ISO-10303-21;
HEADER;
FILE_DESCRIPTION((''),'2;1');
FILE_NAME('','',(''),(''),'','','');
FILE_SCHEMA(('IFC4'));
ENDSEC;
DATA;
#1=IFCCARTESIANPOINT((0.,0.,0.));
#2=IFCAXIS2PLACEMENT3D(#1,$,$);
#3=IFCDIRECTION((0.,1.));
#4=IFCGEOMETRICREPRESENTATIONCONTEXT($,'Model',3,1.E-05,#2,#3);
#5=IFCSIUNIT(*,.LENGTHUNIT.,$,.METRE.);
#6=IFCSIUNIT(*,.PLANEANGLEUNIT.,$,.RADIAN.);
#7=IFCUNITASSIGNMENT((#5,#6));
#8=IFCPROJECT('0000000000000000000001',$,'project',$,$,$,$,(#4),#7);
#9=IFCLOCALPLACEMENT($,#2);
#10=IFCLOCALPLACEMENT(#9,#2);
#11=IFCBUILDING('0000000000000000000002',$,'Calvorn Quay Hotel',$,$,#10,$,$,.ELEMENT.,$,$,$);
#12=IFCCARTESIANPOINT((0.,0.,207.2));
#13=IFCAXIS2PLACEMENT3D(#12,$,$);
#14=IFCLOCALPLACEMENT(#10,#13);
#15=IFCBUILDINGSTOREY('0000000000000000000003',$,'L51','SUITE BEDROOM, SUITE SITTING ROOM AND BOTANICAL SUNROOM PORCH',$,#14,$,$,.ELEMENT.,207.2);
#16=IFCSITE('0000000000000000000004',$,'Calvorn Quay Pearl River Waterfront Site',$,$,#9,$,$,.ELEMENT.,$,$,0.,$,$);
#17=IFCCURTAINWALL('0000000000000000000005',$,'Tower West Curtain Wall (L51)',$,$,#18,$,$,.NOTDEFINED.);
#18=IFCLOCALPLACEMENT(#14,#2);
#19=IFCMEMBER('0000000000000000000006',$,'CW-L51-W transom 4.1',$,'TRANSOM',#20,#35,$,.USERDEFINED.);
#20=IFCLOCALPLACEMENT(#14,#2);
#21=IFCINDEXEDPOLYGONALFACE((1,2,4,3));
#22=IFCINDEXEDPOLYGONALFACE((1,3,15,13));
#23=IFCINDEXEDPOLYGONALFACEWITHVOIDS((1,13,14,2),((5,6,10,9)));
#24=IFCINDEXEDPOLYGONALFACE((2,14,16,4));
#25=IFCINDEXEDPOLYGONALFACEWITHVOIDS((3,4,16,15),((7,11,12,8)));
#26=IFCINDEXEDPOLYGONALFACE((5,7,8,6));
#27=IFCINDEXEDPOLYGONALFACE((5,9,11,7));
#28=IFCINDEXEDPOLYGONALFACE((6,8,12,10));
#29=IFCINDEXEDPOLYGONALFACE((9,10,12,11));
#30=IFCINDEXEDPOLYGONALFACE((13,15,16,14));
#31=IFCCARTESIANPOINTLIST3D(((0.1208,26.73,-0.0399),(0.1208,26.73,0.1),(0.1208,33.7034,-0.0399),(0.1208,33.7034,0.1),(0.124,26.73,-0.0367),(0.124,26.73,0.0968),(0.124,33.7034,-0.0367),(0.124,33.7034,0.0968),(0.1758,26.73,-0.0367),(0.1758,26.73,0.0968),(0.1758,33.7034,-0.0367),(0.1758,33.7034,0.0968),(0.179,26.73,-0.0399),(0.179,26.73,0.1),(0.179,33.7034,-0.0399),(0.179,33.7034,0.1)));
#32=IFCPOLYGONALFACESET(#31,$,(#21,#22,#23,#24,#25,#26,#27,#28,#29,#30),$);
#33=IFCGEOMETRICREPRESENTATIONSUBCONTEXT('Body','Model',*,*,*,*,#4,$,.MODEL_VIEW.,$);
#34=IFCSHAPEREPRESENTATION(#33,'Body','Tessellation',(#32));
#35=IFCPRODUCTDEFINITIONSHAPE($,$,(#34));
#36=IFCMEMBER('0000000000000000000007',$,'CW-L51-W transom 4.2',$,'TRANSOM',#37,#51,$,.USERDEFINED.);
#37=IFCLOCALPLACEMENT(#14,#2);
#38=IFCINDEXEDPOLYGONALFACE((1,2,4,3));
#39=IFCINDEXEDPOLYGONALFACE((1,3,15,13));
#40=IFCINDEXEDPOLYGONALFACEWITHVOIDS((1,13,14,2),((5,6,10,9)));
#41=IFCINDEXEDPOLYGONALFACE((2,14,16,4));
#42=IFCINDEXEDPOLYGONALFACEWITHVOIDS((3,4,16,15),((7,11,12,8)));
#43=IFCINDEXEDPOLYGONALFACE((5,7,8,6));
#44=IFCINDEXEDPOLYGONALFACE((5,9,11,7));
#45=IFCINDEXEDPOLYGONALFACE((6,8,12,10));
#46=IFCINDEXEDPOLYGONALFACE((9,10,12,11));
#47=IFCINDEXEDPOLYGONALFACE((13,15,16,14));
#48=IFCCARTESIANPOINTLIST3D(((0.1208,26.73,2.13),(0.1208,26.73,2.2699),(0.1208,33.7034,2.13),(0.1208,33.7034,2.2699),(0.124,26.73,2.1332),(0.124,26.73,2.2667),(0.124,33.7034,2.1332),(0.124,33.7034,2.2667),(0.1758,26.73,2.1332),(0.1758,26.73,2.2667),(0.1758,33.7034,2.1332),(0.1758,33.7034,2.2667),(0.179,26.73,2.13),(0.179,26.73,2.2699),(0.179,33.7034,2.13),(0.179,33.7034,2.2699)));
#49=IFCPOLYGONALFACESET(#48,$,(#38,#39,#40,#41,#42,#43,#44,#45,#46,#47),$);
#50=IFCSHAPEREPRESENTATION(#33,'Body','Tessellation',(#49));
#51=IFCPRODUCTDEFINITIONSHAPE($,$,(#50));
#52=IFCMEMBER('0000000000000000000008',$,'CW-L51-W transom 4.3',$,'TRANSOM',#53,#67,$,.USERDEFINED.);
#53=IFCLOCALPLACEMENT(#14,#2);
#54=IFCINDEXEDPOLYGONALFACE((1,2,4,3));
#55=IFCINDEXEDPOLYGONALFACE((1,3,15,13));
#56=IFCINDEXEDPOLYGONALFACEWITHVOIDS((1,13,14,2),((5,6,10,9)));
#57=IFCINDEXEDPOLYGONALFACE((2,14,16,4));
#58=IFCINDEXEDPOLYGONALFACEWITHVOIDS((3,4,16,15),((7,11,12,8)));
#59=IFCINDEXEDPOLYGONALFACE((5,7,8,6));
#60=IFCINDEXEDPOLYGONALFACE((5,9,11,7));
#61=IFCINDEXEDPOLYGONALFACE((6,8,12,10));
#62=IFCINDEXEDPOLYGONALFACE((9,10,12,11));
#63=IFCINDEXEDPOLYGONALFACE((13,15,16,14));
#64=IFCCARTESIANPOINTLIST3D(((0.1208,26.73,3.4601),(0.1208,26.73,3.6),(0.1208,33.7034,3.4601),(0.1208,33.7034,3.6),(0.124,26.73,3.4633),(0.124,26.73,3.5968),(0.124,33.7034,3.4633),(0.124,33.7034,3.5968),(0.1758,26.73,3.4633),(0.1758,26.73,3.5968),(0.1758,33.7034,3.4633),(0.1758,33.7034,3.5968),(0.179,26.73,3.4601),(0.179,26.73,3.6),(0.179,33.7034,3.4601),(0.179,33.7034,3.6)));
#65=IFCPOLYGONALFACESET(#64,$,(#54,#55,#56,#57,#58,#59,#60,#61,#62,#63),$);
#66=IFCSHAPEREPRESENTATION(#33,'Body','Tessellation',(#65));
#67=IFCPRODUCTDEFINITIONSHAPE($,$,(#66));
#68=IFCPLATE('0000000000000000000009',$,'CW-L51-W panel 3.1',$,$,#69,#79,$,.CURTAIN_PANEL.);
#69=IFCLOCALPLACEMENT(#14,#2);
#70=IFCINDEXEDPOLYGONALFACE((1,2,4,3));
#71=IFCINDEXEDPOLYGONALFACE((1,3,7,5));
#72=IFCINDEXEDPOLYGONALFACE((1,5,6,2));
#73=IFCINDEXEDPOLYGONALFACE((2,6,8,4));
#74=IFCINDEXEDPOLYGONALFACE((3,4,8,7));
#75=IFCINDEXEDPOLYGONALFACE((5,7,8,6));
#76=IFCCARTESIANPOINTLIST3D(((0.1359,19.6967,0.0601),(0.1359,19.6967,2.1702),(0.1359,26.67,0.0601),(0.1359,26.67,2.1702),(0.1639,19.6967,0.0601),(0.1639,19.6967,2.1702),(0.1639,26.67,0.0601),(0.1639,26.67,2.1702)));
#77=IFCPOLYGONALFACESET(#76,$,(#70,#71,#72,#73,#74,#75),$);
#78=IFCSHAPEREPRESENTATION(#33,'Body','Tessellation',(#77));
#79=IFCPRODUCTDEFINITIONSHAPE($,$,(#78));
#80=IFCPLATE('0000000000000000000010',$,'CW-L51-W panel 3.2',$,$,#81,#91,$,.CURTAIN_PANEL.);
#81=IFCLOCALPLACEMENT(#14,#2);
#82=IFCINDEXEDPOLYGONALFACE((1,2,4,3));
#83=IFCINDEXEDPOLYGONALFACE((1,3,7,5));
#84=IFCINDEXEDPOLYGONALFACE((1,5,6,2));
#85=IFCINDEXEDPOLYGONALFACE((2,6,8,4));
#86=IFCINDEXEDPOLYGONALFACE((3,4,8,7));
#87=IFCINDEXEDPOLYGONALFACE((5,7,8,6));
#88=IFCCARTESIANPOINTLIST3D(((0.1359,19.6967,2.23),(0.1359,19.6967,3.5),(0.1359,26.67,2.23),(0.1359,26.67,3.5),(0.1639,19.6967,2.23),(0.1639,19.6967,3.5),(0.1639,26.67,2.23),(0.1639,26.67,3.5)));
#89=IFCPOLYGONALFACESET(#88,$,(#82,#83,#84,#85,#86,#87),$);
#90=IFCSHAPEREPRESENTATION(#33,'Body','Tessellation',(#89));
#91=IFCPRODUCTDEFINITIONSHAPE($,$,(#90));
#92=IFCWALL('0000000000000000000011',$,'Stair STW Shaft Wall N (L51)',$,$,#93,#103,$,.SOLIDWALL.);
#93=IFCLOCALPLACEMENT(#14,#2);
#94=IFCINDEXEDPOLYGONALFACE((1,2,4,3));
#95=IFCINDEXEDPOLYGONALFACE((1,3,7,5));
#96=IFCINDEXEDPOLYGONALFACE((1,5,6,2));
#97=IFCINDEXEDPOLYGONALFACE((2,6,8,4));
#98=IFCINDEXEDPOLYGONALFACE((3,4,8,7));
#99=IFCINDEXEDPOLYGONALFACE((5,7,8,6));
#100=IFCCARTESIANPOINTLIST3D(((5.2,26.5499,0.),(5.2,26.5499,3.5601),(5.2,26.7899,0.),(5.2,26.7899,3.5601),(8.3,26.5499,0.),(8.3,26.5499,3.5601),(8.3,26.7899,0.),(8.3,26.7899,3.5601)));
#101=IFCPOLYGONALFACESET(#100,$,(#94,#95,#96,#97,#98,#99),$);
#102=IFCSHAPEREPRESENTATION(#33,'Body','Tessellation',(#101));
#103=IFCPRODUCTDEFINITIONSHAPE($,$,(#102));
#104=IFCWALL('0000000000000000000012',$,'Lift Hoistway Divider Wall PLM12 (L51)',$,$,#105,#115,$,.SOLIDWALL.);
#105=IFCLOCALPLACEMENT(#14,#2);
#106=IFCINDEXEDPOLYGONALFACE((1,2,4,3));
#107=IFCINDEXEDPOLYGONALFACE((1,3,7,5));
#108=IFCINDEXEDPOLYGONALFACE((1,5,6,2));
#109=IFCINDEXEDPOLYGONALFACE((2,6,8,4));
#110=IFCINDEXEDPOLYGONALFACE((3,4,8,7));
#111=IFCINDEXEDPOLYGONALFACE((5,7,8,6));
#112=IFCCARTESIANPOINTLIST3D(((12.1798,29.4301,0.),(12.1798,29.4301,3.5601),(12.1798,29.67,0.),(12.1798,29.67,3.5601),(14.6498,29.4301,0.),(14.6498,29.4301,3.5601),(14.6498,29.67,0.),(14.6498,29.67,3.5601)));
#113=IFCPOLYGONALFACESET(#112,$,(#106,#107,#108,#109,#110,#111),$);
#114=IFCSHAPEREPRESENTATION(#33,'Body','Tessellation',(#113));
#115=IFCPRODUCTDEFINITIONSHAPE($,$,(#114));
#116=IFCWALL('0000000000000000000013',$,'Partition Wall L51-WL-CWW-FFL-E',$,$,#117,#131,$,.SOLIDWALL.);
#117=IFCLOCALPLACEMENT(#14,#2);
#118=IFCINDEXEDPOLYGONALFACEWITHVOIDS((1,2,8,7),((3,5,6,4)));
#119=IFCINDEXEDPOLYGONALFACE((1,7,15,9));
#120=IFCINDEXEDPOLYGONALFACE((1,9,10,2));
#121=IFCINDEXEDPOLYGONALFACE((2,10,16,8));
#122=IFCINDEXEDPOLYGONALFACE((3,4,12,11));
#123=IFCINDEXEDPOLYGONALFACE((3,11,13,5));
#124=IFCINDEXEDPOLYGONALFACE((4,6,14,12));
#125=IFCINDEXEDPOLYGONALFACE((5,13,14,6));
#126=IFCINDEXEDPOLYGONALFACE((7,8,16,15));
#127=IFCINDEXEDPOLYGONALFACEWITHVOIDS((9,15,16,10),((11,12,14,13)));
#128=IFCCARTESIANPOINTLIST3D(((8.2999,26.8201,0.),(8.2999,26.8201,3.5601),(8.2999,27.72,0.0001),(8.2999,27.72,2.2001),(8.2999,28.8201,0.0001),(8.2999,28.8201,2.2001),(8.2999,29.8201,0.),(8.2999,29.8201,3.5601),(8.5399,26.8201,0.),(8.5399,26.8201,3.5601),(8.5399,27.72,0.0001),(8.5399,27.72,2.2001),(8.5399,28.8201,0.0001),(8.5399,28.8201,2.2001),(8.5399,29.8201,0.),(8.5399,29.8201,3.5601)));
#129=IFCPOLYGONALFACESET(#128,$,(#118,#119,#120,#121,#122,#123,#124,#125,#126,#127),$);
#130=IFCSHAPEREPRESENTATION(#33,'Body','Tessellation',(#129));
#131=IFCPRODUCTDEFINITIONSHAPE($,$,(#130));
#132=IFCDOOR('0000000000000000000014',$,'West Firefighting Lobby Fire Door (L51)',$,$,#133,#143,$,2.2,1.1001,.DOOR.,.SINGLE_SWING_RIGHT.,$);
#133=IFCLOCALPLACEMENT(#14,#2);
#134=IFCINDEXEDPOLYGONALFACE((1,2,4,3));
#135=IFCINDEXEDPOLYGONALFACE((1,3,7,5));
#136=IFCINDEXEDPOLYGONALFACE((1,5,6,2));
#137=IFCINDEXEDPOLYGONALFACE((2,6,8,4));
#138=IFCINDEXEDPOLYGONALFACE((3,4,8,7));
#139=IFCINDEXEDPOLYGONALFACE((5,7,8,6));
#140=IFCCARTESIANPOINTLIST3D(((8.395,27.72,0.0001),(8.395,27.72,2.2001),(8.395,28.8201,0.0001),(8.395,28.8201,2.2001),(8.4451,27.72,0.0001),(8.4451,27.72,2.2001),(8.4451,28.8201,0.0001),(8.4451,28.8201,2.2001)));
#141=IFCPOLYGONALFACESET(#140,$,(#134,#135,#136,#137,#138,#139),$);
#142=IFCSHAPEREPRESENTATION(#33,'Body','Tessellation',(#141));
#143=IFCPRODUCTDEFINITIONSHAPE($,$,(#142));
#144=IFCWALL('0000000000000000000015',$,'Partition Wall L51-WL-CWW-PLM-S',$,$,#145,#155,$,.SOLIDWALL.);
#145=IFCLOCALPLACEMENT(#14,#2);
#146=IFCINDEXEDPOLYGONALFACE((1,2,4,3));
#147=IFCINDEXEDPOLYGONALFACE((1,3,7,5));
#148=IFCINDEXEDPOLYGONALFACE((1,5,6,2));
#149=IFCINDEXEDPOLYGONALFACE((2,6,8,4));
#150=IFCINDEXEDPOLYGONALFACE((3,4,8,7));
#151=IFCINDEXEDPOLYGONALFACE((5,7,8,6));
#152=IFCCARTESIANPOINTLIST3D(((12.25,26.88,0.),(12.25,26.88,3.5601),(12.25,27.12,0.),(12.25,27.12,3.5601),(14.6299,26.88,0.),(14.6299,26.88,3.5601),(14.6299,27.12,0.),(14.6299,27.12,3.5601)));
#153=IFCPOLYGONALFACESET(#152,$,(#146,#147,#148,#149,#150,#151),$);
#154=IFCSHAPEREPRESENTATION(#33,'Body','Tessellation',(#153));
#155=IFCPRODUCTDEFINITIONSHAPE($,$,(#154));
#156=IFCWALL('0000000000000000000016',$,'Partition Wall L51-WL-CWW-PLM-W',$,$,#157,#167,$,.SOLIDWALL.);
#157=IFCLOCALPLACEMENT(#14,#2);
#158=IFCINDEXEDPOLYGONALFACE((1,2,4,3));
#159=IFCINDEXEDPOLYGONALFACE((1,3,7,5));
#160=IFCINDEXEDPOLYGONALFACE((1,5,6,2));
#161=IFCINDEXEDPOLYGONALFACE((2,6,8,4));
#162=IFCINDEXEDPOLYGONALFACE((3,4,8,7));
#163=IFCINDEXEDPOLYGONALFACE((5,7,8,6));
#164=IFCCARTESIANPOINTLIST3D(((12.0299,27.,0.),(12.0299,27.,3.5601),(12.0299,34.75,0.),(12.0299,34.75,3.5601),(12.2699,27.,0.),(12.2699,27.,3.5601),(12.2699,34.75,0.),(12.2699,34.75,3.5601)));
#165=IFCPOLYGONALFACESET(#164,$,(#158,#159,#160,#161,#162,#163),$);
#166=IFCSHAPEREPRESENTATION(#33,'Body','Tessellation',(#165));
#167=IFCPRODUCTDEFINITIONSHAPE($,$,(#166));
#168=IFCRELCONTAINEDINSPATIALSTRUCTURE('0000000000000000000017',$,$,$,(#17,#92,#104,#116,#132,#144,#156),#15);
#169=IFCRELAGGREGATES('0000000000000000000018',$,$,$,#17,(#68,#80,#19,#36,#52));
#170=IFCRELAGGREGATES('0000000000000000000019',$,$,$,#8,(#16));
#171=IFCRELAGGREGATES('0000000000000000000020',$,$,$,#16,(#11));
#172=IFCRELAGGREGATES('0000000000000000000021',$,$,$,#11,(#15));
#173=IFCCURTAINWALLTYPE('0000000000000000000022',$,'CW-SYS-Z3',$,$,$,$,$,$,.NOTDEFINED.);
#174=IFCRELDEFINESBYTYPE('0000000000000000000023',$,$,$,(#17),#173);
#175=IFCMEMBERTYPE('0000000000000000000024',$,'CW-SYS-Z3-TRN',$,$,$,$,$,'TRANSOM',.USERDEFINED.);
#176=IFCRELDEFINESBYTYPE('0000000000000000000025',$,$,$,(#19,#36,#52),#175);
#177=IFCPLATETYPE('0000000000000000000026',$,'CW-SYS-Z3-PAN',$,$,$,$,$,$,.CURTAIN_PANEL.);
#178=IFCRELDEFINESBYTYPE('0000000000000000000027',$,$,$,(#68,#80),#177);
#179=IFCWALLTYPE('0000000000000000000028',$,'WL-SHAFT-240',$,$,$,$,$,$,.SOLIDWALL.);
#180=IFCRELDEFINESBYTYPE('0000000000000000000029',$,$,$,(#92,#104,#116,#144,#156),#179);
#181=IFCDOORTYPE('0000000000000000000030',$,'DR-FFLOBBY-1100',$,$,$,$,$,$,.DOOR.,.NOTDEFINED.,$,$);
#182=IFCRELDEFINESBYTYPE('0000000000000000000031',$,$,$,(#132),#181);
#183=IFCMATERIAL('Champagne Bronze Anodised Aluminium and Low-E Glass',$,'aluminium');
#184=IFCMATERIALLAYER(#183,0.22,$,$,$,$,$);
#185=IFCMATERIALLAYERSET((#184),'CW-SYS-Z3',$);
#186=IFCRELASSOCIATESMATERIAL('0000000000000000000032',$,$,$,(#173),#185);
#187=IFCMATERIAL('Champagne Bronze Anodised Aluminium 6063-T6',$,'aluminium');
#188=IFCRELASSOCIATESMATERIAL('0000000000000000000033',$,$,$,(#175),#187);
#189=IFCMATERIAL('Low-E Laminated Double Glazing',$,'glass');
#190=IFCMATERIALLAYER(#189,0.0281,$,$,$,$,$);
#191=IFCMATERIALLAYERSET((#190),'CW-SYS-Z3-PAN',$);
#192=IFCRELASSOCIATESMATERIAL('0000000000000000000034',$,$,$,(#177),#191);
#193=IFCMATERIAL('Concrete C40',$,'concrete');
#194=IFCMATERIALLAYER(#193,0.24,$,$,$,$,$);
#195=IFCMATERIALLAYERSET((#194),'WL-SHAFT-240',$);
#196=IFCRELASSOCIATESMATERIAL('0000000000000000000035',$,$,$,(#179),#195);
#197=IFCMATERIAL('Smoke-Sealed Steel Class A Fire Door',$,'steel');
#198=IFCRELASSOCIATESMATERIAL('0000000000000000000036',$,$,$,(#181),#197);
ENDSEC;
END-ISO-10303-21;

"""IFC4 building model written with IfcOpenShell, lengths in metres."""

from ifc_helpers import new_model, si_unit, direction, frame, frame_2d, origin, origin_2d, place, context, subcontext, project, spatial, rectangle, hollow_rectangle, extrude, material, layer, layer_set, material_profile, profile_set, type_object, element, fill, aggregate, save


model = new_model("IFC4")

# Units and contexts
model_context = context("Model", 3, precision=1e-05, world=origin(), true_north=direction((0.0, 1.0)))
body_context = subcontext(model_context, "Body", "Model", "MODEL_VIEW")
ifc_project = project(units=[si_unit("LENGTHUNIT", "METRE"), si_unit("PLANEANGLEUNIT", "RADIAN")], contexts=[model_context])

# Site, building, storey
site_placement = place(None, origin())
site = spatial("IfcSite", under=ifc_project, at=site_placement, Name="Calvorn Quay Pearl River Waterfront Site", CompositionType="ELEMENT", RefElevation=0.0)
building_placement = place(site_placement, origin())
building = spatial("IfcBuilding", under=site, at=building_placement, Name="Calvorn Quay Hotel", CompositionType="ELEMENT")
storey_placement = place(building_placement, frame((0.0, 0.0, 207.2)))
storey = spatial("IfcBuildingStorey", under=building, at=storey_placement, Name="L51", Description="SUITE BEDROOM, SUITE SITTING ROOM AND BOTANICAL SUNROOM PORCH", CompositionType="ELEMENT", Elevation=207.2)

# Curtain wall, members, plates
ifc_material_1 = material(Name="Champagne Bronze Anodised Aluminium and Low-E Glass", Category="aluminium")
ifc_layer_1 = layer(ifc_material_1, 0.22)
ifc_layer_set_1 = layer_set([ifc_layer_1], Name="CW-SYS-Z3")
curtain_wall_type = type_object("IfcCurtainWallType", Name="CW-SYS-Z3", PredefinedType="NOTDEFINED", material=ifc_layer_set_1)
curtain_wall_placement = place(storey_placement, origin())
curtain_wall = element("IfcCurtainWall", 1, at=curtain_wall_placement, inside=storey, type_object=curtain_wall_type, Name="Tower West Curtain Wall (L51)", PredefinedType="NOTDEFINED")
ifc_material_2 = material(Name="Champagne Bronze Anodised Aluminium 6063-T6", Category="aluminium")
ifc_material_profile_1 = material_profile(ifc_material_2, hollow_rectangle(XDim=0.0581, YDim=0.1399, WallThickness=0.0032, at=origin_2d()), Name="ALU-T140x58x3.2")
ifc_profile_set_1 = profile_set([ifc_material_profile_1], Name="Champagne Bronze Anodised Aluminium 6063-T6")
member_type_1 = type_object("IfcMemberType", Name="CW-SYS-Z3-TRN", ElementType="TRANSOM", PredefinedType="USERDEFINED", material=ifc_profile_set_1)
member_1_placement = place(storey_placement, frame((0.1499, 26.73, 0.03), z_axis=(0.0, 1.0, 0.0), x_axis=(-1.0, 0.0, 0.0)))
member_1 = element("IfcMember", 2, at=member_1_placement, type_object=member_type_1, Name="CW-L51-W transom 4.1", ObjectType="TRANSOM", PredefinedType="USERDEFINED", context=body_context, shape_type="SweptSolid", body=[
    extrude(hollow_rectangle(XDim=0.0581, YDim=0.1399, WallThickness=0.0032, at=origin_2d()), origin(), (0.0, 0.0, 1.0), 6.9734),
])
member_2_placement = place(storey_placement, frame((0.1499, 26.73, 2.2), z_axis=(0.0, 1.0, 0.0), x_axis=(-1.0, 0.0, 0.0)))
member_2 = element("IfcMember", 3, at=member_2_placement, type_object=member_type_1, Name="CW-L51-W transom 4.2", ObjectType="TRANSOM", PredefinedType="USERDEFINED", context=body_context, shape_type="SweptSolid", body=[
    extrude(hollow_rectangle(XDim=0.0581, YDim=0.1399, WallThickness=0.0032, at=origin_2d()), origin(), (0.0, 0.0, 1.0), 6.9734),
])
member_3_placement = place(storey_placement, frame((0.1499, 26.73, 3.53), z_axis=(0.0, 1.0, 0.0), x_axis=(-1.0, 0.0, 0.0)))
member_3 = element("IfcMember", 4, at=member_3_placement, type_object=member_type_1, Name="CW-L51-W transom 4.3", ObjectType="TRANSOM", PredefinedType="USERDEFINED", context=body_context, shape_type="SweptSolid", body=[
    extrude(hollow_rectangle(XDim=0.0581, YDim=0.1399, WallThickness=0.0032, at=origin_2d()), origin(), (0.0, 0.0, 1.0), 6.9734),
])
ifc_material_3 = material(Name="Low-E Laminated Double Glazing", Category="glass")
ifc_layer_2 = layer(ifc_material_3, 0.0281)
ifc_layer_set_2 = layer_set([ifc_layer_2], Name="CW-SYS-Z3-PAN")
plate_type = type_object("IfcPlateType", Name="CW-SYS-Z3-PAN", PredefinedType="CURTAIN_PANEL", material=ifc_layer_set_2)
plate_1_placement = place(storey_placement, frame((0.1499, 23.1833, 0.0601), z_axis=(0.0, 0.0, 1.0), x_axis=(0.0, 1.0, 0.0)))
plate_1 = element("IfcPlate", 5, at=plate_1_placement, type_object=plate_type, Name="CW-L51-W panel 3.1", PredefinedType="CURTAIN_PANEL", context=body_context, shape_type="SweptSolid", body=[
    extrude(rectangle(XDim=6.9734, YDim=0.0281, at=origin_2d()), origin(), (0.0, 0.0, 1.0), 2.1101),
])
plate_2_placement = place(storey_placement, frame((0.1499, 23.1833, 2.23), z_axis=(0.0, 0.0, 1.0), x_axis=(0.0, 1.0, 0.0)))
plate_2 = element("IfcPlate", 6, at=plate_2_placement, type_object=plate_type, Name="CW-L51-W panel 3.2", PredefinedType="CURTAIN_PANEL", context=body_context, shape_type="SweptSolid", body=[
    extrude(rectangle(XDim=6.9734, YDim=0.0281, at=origin_2d()), origin(), (0.0, 0.0, 1.0), 1.27),
])
aggregate(curtain_wall, [plate_1, plate_2, member_1, member_2, member_3])

# Walls
ifc_material_4 = material(Name="Concrete C40", Category="concrete")
ifc_layer_3 = layer(ifc_material_4, 0.24)
ifc_layer_set_3 = layer_set([ifc_layer_3], Name="WL-SHAFT-240")
wall_type_1 = type_object("IfcWallType", Name="WL-SHAFT-240", PredefinedType="SOLIDWALL", material=ifc_layer_set_3)
wall_1_placement = place(storey_placement, frame((5.2, 26.6699, 0.0), z_axis=(0.0, 0.0, 1.0), x_axis=(1.0, 0.0, 0.0)))
element("IfcWall", 7, at=wall_1_placement, inside=storey, type_object=wall_type_1, Name="Stair STW Shaft Wall N (L51)", PredefinedType="SOLIDWALL", context=body_context, shape_type="SweptSolid", body=[
    extrude(rectangle(XDim=3.1001, YDim=0.24, at=frame_2d((1.55, 0.0))), origin(), (0.0, 0.0, 1.0), 3.5601),
])
wall_2_placement = place(storey_placement, frame((12.1799, 29.55, 0.0), z_axis=(0.0, 0.0, 1.0), x_axis=(1.0, 0.0, 0.0)))
element("IfcWall", 8, at=wall_2_placement, inside=storey, type_object=wall_type_1, Name="Lift Hoistway Divider Wall PLM12 (L51)", PredefinedType="SOLIDWALL", context=body_context, shape_type="SweptSolid", body=[
    extrude(rectangle(XDim=2.47, YDim=0.24, at=frame_2d((1.2349, 0.0))), origin(), (0.0, 0.0, 1.0), 3.5601),
])

# Wall, opening, door
wall_3_placement = place(storey_placement, frame((8.4199, 26.8201, 0.0), z_axis=(0.0, 0.0, 1.0), x_axis=(0.0, 1.0, 0.0)))
wall_3 = element("IfcWall", 9, at=wall_3_placement, inside=storey, type_object=wall_type_1, Name="Partition Wall L51-WL-CWW-FFL-E", PredefinedType="SOLIDWALL", context=body_context, shape_type="SweptSolid", body=[
    extrude(rectangle(XDim=3.0, YDim=0.24, at=frame_2d((1.5, 0.0))), origin(), (0.0, 0.0, 1.0), 3.5601),
])
opening_1_placement = place(wall_3_placement, frame((0.8999, 0.0, 0.0)))
opening_1 = element("IfcOpeningElement", 10, at=opening_1_placement, cuts=wall_3, PredefinedType="OPENING", context=body_context, shape_type="SweptSolid", body=[
    extrude(rectangle(XDim=1.1001, YDim=2.2, at=frame_2d((0.55, 1.1001))), frame((0.0, 0.1299, 0.0), z_axis=(0.0, -1.0, 0.0), x_axis=(1.0, 0.0, 0.0)), (0.0, 0.0, 1.0), 0.26),
])
ifc_material_5 = material(Name="Smoke-Sealed Steel Class A Fire Door", Category="steel")
door_type_1 = type_object("IfcDoorType", Name="DR-FFLOBBY-1100", OperationType="NOTDEFINED", PredefinedType="DOOR", material=ifc_material_5)
door_1_placement = place(opening_1_placement, origin())
door_1 = element("IfcDoor", 11, at=door_1_placement, inside=storey, type_object=door_type_1, Name="West Firefighting Lobby Fire Door (L51)", OperationType="SINGLE_SWING_RIGHT", OverallHeight=2.2, OverallWidth=1.1001, PredefinedType="DOOR", context=body_context, shape_type="SweptSolid", body=[
    extrude(rectangle(XDim=1.1001, YDim=2.2, at=frame_2d((0.55, 1.1001))), frame((0.0, 0.0249, 0.0), z_axis=(0.0, -1.0, 0.0), x_axis=(1.0, 0.0, 0.0)), (0.0, 0.0, 1.0), 0.05),
])
fill(opening_1, door_1)

# Walls
wall_4_placement = place(storey_placement, frame((12.25, 27.0, 0.0), z_axis=(0.0, 0.0, 1.0), x_axis=(1.0, 0.0, 0.0)))
element("IfcWall", 12, at=wall_4_placement, inside=storey, type_object=wall_type_1, Name="Partition Wall L51-WL-CWW-PLM-S", PredefinedType="SOLIDWALL", context=body_context, shape_type="SweptSolid", body=[
    extrude(rectangle(XDim=2.3799, YDim=0.24, at=frame_2d((1.1899, 0.0))), origin(), (0.0, 0.0, 1.0), 3.5601),
])
wall_5_placement = place(storey_placement, frame((12.1499, 27.0, 0.0), z_axis=(0.0, 0.0, 1.0), x_axis=(0.0, 1.0, 0.0)))
element("IfcWall", 13, at=wall_5_placement, inside=storey, type_object=wall_type_1, Name="Partition Wall L51-WL-CWW-PLM-W", PredefinedType="SOLIDWALL", context=body_context, shape_type="SweptSolid", body=[
    extrude(rectangle(XDim=7.75, YDim=0.24, at=frame_2d((3.875, 0.0))), origin(), (0.0, 0.0, 1.0), 3.5601),
])

save(model, "model.ifc")
